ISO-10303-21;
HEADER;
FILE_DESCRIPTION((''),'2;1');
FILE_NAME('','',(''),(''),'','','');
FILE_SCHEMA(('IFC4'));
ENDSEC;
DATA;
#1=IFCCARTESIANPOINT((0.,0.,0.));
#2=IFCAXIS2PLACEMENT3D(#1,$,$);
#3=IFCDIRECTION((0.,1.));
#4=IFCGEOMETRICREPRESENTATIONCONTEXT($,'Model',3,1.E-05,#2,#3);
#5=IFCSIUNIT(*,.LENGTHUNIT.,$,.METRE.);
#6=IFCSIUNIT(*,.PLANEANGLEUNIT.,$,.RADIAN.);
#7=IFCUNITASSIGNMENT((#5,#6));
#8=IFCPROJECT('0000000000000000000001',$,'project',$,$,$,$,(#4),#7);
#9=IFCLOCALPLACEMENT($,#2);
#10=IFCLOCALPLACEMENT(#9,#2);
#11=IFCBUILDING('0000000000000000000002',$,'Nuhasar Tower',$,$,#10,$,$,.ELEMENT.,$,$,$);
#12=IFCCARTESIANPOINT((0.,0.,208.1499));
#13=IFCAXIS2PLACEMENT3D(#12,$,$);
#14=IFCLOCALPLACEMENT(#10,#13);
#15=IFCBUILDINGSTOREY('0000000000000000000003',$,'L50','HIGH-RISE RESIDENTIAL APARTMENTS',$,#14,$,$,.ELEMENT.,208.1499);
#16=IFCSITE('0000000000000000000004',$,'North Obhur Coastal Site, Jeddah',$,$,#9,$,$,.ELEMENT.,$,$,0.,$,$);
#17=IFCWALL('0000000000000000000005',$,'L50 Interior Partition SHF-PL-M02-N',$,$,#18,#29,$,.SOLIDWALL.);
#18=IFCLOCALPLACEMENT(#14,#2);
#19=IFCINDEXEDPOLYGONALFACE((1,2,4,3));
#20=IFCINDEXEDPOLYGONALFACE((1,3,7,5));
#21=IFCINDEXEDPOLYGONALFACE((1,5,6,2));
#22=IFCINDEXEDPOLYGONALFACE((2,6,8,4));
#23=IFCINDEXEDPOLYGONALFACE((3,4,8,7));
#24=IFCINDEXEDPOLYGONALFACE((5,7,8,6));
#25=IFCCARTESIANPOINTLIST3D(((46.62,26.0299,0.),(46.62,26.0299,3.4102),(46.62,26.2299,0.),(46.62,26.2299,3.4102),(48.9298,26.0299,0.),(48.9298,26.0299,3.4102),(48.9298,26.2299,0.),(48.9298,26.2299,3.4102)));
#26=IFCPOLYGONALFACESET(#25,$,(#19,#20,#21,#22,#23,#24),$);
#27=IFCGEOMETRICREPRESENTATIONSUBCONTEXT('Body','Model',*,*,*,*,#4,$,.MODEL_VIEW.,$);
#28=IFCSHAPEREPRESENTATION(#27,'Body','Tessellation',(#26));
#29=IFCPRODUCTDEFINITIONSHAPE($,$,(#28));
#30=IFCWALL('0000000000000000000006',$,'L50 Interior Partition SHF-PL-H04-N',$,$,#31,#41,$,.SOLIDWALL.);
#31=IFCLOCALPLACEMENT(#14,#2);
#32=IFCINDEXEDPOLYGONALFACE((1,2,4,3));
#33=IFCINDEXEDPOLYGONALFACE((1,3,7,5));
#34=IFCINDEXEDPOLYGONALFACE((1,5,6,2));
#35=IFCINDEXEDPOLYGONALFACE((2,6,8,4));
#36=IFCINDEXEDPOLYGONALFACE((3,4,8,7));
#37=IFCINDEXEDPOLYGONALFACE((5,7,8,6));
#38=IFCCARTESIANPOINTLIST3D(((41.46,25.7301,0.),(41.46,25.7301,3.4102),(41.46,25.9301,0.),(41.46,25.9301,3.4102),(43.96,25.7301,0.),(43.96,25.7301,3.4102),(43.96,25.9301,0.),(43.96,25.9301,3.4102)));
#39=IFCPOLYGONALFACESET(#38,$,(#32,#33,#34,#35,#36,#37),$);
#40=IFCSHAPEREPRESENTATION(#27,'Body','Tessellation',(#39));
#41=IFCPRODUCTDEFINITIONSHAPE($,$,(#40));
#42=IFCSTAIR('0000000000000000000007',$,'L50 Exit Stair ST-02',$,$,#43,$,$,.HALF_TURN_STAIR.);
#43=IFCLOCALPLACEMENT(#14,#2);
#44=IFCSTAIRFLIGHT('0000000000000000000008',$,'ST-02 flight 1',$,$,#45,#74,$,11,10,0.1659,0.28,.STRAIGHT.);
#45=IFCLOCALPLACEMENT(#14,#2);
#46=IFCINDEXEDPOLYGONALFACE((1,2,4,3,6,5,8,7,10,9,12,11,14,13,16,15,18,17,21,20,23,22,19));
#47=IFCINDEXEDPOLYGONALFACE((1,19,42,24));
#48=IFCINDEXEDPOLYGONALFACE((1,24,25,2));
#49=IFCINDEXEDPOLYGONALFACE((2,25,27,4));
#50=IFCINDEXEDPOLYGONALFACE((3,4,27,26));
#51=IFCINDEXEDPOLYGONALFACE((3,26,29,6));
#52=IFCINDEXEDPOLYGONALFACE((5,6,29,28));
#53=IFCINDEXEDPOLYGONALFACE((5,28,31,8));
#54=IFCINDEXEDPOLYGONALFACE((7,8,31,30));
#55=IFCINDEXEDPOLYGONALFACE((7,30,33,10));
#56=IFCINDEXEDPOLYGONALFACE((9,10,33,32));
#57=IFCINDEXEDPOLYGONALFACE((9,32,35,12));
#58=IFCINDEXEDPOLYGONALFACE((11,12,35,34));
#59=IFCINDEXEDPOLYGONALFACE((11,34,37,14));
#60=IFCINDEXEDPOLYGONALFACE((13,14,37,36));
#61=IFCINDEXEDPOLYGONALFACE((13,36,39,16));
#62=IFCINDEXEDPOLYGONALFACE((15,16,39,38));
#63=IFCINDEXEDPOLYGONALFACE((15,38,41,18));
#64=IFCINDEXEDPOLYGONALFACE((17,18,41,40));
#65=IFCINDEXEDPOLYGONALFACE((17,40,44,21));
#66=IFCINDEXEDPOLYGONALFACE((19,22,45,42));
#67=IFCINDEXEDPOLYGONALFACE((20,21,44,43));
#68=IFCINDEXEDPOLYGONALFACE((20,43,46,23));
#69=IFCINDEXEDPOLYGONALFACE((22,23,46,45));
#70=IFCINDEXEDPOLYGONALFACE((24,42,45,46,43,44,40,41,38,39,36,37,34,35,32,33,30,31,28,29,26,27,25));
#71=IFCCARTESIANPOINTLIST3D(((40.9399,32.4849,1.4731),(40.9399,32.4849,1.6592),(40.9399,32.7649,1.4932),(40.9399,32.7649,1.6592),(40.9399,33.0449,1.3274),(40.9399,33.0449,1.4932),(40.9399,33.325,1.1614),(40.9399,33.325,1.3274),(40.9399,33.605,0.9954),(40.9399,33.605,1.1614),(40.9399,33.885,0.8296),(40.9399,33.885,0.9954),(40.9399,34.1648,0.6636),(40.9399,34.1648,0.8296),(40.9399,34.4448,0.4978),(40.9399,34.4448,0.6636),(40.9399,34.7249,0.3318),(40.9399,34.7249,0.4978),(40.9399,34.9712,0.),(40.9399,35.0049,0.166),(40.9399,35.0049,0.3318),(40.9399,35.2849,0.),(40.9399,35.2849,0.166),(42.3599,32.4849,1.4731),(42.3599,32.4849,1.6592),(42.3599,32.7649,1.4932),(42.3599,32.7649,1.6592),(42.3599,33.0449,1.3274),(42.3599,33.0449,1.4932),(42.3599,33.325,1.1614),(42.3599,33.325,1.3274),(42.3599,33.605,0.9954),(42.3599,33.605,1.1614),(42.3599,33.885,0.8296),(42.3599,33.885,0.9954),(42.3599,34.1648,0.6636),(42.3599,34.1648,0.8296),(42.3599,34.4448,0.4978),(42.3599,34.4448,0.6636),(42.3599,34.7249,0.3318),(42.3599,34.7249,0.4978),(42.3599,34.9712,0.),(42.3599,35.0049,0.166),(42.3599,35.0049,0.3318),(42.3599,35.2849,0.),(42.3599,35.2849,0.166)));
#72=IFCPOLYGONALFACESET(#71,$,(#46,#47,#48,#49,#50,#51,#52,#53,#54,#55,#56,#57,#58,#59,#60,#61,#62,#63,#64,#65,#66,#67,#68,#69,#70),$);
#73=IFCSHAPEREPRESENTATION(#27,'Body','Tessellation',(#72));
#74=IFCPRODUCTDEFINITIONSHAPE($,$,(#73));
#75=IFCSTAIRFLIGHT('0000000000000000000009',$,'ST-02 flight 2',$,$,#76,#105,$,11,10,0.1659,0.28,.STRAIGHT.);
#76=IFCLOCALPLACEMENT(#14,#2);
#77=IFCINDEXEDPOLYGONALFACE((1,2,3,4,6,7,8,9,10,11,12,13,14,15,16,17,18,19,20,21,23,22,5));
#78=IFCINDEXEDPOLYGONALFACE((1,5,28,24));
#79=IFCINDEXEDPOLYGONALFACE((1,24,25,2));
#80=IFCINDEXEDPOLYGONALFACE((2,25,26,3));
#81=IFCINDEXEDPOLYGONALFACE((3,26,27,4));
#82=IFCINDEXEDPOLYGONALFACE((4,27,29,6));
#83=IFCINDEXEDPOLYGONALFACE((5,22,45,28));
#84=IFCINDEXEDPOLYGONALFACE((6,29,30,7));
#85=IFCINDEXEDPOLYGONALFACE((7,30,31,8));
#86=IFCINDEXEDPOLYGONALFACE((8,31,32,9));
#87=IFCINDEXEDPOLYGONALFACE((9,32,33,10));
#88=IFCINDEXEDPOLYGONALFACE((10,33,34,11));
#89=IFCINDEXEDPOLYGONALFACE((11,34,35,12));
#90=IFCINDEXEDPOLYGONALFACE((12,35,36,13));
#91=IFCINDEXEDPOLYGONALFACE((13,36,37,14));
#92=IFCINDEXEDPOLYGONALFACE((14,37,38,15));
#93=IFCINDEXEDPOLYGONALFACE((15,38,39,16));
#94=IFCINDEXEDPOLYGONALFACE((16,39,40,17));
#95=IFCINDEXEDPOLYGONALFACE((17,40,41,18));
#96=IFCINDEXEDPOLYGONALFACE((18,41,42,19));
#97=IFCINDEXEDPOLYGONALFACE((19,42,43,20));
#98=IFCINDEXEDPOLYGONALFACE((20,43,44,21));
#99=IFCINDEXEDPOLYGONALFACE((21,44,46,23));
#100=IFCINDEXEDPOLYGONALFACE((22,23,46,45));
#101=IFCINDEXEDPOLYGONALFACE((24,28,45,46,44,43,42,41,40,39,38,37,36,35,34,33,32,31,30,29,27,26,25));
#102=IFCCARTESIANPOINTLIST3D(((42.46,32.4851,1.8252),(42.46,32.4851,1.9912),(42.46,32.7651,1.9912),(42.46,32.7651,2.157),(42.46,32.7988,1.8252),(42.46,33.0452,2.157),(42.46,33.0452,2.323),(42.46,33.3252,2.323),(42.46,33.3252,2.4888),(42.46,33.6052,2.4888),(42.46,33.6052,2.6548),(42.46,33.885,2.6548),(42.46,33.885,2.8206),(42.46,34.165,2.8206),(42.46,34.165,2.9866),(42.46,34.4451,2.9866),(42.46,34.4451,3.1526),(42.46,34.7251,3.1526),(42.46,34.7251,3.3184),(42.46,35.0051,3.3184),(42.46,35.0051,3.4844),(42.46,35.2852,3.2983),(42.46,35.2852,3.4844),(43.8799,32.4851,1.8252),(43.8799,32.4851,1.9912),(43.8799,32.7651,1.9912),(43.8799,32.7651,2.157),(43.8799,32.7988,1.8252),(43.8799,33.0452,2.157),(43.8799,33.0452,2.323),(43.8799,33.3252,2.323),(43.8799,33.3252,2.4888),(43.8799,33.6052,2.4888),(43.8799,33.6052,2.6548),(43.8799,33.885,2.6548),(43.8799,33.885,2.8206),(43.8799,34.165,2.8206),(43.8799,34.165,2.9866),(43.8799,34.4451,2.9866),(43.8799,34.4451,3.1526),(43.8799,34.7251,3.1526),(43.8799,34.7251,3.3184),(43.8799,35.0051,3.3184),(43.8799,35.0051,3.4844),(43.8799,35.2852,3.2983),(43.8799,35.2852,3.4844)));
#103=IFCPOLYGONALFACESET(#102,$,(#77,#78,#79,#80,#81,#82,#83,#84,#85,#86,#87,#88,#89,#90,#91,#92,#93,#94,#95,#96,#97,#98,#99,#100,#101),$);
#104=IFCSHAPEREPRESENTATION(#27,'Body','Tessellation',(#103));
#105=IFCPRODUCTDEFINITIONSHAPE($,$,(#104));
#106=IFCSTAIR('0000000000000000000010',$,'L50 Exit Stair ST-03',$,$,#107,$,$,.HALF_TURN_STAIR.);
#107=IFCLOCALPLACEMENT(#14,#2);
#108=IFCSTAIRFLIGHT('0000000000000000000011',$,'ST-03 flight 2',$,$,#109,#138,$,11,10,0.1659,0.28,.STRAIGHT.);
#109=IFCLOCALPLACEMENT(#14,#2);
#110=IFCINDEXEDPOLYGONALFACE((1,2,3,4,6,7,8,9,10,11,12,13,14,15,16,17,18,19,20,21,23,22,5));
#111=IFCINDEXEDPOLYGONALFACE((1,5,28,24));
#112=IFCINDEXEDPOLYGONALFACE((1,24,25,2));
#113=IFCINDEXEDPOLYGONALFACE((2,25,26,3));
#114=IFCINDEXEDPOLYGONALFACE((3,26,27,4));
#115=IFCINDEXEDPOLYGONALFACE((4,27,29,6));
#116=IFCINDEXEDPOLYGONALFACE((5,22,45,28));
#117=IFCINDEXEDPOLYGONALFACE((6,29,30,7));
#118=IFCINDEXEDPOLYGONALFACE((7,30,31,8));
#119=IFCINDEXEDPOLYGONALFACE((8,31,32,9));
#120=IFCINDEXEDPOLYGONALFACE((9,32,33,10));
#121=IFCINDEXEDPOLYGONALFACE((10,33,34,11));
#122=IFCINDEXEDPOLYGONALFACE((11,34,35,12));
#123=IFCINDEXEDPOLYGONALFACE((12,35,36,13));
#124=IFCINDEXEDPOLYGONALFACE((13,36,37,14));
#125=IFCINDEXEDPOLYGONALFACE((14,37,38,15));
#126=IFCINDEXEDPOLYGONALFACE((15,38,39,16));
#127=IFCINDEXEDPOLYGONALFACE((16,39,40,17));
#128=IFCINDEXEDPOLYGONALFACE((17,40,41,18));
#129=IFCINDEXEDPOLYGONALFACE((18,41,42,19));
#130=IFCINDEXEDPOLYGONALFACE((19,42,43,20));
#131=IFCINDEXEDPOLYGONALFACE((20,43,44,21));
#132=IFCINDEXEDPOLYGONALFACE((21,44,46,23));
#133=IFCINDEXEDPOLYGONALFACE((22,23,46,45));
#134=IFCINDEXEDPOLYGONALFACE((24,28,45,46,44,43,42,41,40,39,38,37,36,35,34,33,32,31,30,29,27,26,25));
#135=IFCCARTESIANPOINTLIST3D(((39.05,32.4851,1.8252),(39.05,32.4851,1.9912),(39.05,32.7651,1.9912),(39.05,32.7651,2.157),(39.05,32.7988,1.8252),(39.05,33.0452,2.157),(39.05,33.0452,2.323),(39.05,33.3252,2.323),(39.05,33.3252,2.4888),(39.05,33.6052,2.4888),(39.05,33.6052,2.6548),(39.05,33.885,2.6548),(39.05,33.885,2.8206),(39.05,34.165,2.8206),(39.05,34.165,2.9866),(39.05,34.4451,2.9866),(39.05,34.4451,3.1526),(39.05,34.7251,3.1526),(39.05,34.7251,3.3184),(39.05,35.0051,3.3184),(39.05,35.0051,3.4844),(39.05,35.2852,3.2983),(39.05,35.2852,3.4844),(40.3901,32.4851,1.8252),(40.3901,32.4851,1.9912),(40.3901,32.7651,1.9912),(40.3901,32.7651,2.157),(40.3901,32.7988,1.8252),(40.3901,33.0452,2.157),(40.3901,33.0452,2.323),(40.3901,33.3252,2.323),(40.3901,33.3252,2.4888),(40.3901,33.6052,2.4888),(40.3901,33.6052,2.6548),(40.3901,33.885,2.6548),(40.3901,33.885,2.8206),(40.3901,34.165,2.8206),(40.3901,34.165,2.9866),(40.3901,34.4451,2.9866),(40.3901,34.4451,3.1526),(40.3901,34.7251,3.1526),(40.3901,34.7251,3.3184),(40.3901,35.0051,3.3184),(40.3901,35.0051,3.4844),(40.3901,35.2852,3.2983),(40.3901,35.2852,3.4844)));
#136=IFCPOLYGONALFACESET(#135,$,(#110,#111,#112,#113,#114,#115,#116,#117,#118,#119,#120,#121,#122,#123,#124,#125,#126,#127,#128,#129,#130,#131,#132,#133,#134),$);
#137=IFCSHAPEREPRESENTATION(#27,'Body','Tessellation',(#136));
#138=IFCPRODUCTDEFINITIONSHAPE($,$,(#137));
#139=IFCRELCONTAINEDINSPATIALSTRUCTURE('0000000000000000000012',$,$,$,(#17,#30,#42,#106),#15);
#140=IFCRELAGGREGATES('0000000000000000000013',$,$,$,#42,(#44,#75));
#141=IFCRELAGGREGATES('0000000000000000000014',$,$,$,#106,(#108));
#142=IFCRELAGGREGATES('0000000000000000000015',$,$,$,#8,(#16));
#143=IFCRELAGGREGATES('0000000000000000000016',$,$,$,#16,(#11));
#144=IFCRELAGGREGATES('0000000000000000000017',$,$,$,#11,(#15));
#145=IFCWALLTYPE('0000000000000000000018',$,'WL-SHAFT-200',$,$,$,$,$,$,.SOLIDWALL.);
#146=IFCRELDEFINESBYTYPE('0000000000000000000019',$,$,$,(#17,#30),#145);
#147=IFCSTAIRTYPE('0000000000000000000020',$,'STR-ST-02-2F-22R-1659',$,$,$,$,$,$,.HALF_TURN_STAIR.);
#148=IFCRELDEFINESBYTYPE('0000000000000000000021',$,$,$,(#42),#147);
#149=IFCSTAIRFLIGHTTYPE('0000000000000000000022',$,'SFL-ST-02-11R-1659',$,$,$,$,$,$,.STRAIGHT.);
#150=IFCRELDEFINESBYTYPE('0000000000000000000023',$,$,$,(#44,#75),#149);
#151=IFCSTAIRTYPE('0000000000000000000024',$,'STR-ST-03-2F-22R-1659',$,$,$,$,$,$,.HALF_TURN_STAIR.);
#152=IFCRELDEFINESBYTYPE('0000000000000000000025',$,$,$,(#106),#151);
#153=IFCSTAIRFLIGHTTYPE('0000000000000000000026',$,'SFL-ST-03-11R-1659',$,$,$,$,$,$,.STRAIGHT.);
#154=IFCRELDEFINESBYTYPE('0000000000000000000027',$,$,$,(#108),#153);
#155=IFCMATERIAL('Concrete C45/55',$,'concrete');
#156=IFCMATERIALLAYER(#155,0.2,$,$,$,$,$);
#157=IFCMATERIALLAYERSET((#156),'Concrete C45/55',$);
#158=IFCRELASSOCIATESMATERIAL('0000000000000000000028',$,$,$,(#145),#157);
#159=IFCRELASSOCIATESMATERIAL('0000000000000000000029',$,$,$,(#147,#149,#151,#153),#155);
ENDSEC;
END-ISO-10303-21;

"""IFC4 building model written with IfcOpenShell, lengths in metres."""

from ifc_helpers import new_model, si_unit, direction, frame, frame_2d, origin, place, context, subcontext, project, spatial, polyline, rectangle, outline, extrude, material, layer, layer_set, type_object, element, aggregate, save


model = new_model("IFC4")

# Units and contexts
model_context = context("Model", 3, precision=1e-05, world=origin(), true_north=direction((0.0, 1.0)))
body_context = subcontext(model_context, "Body", "Model", "MODEL_VIEW")
ifc_project = project(units=[si_unit("LENGTHUNIT", "METRE"), si_unit("PLANEANGLEUNIT", "RADIAN")], contexts=[model_context])

# Site, building, storey
site_placement = place(None, origin())
site = spatial("IfcSite", under=ifc_project, at=site_placement, Name="North Obhur Coastal Site, Jeddah", CompositionType="ELEMENT", RefElevation=0.0)
building_placement = place(site_placement, origin())
building = spatial("IfcBuilding", under=site, at=building_placement, Name="Nuhasar Tower", CompositionType="ELEMENT")
storey_placement = place(building_placement, frame((0.0, 0.0, 208.1499)))
storey = spatial("IfcBuildingStorey", under=building, at=storey_placement, Name="L50", Description="HIGH-RISE RESIDENTIAL APARTMENTS", CompositionType="ELEMENT", Elevation=208.1499)

# Shared definitions
ifc_material_1 = material(Name="Concrete C45/55", Category="concrete")
ifc_layer_1 = layer(ifc_material_1, 0.2)
ifc_layer_set_1 = layer_set([ifc_layer_1], Name="Concrete C45/55")
wall_type_1 = type_object("IfcWallType", Name="WL-SHAFT-200", PredefinedType="SOLIDWALL", material=ifc_layer_set_1)

# Walls
wall_1_placement = place(storey_placement, frame((46.6201, 26.1299, 0.0), z_axis=(0.0, 0.0, 1.0), x_axis=(1.0, 0.0, 0.0)))
element("IfcWall", 1, at=wall_1_placement, inside=storey, type_object=wall_type_1, Name="L50 Interior Partition SHF-PL-M02-N", PredefinedType="SOLIDWALL", context=body_context, shape_type="SweptSolid", body=[
    extrude(rectangle(XDim=2.3098, YDim=0.2, at=frame_2d((1.1548, 0.0))), origin(), (0.0, 0.0, 1.0), 3.4102),
])
wall_2_placement = place(storey_placement, frame((41.46, 25.8301, 0.0), z_axis=(0.0, 0.0, 1.0), x_axis=(1.0, 0.0, 0.0)))
element("IfcWall", 2, at=wall_2_placement, inside=storey, type_object=wall_type_1, Name="L50 Interior Partition SHF-PL-H04-N", PredefinedType="SOLIDWALL", context=body_context, shape_type="SweptSolid", body=[
    extrude(rectangle(XDim=2.5, YDim=0.2, at=frame_2d((1.25, 0.0))), origin(), (0.0, 0.0, 1.0), 3.4102),
])

# Stair, stair flights
stair_type_1 = type_object("IfcStairType", Name="STR-ST-02-2F-22R-1659", PredefinedType="HALF_TURN_STAIR", material=ifc_material_1)
stair_1_placement = place(storey_placement, origin())
stair_1 = element("IfcStair", 3, at=stair_1_placement, inside=storey, type_object=stair_type_1, Name="L50 Exit Stair ST-02", PredefinedType="HALF_TURN_STAIR")
stair_flight_type_1 = type_object("IfcStairFlightType", Name="SFL-ST-02-11R-1659", PredefinedType="STRAIGHT", material=ifc_material_1)
stair_flight_1_placement = place(storey_placement, frame((41.6499, 35.2849, 0.0), z_axis=(0.0, 0.0, 1.0), x_axis=(0.0, -1.0, 0.0)))
stair_flight_1 = element("IfcStairFlight", 4, at=stair_flight_1_placement, type_object=stair_flight_type_1, Name="ST-02 flight 1", NumberOfRisers=11, NumberOfTreads=10, PredefinedType="STRAIGHT", RiserHeight=0.1659, TreadLength=0.28, context=body_context, shape_type="SweptSolid", body=[
    extrude(outline(polyline([(0.0, 0.0), (0.0, 0.166), (0.28, 0.166), (0.28, 0.3318), (0.5601, 0.3318), (0.5601, 0.4978), (0.8401, 0.4978), (0.8401, 0.6636), (1.1201, 0.6636), (1.1201, 0.8296), (1.3999, 0.8296), (1.3999, 0.9954), (1.6799, 0.9954), (1.6799, 1.1614), (1.96, 1.1614), (1.96, 1.3274), (2.24, 1.3274), (2.24, 1.4932), (2.52, 1.4932), (2.52, 1.6592), (2.8, 1.6592), (2.8, 1.825), (2.8, 1.4731), (0.3137, 0.0), (0.0, 0.0)])), frame((0.0, 0.71, 0.0), z_axis=(0.0, -1.0, 0.0), x_axis=(1.0, 0.0, 0.0)), (0.0, 0.0, 1.0), 1.4199),
])
stair_flight_2_placement = place(storey_placement, frame((43.1699, 32.4851, 1.8252), z_axis=(0.0, 0.0, 1.0), x_axis=(0.0, 1.0, 0.0)))
stair_flight_2 = element("IfcStairFlight", 5, at=stair_flight_2_placement, type_object=stair_flight_type_1, Name="ST-02 flight 2", NumberOfRisers=11, NumberOfTreads=10, PredefinedType="STRAIGHT", RiserHeight=0.1659, TreadLength=0.28, context=body_context, shape_type="SweptSolid", body=[
    extrude(outline(polyline([(0.0, 0.0), (0.0, 0.166), (0.28, 0.166), (0.28, 0.3318), (0.5601, 0.3318), (0.5601, 0.4978), (0.8401, 0.4978), (0.8401, 0.6636), (1.1201, 0.6636), (1.1201, 0.8296), (1.3999, 0.8296), (1.3999, 0.9954), (1.6799, 0.9954), (1.6799, 1.1614), (1.96, 1.1614), (1.96, 1.3274), (2.24, 1.3274), (2.24, 1.4932), (2.52, 1.4932), (2.52, 1.6592), (2.8, 1.6592), (2.8, 1.825), (2.8, 1.4731), (0.3137, 0.0), (0.0, 0.0)])), frame((0.0, 0.71, 0.0), z_axis=(0.0, -1.0, 0.0), x_axis=(1.0, 0.0, 0.0)), (0.0, 0.0, 1.0), 1.4199),
])
aggregate(stair_1, [stair_flight_1, stair_flight_2])

# Stair, stair flight
stair_type_2 = type_object("IfcStairType", Name="STR-ST-03-2F-22R-1659", PredefinedType="HALF_TURN_STAIR", material=ifc_material_1)
stair_2_placement = place(storey_placement, origin())
stair_2 = element("IfcStair", 6, at=stair_2_placement, inside=storey, type_object=stair_type_2, Name="L50 Exit Stair ST-03", PredefinedType="HALF_TURN_STAIR")
stair_flight_type_2 = type_object("IfcStairFlightType", Name="SFL-ST-03-11R-1659", PredefinedType="STRAIGHT", material=ifc_material_1)
stair_flight_3_placement = place(storey_placement, frame((39.72, 32.4851, 1.8252), z_axis=(0.0, 0.0, 1.0), x_axis=(0.0, 1.0, 0.0)))
stair_flight_3 = element("IfcStairFlight", 7, at=stair_flight_3_placement, type_object=stair_flight_type_2, Name="ST-03 flight 2", NumberOfRisers=11, NumberOfTreads=10, PredefinedType="STRAIGHT", RiserHeight=0.1659, TreadLength=0.28, context=body_context, shape_type="SweptSolid", body=[
    extrude(outline(polyline([(0.0, 0.0), (0.0, 0.166), (0.28, 0.166), (0.28, 0.3318), (0.5601, 0.3318), (0.5601, 0.4978), (0.8401, 0.4978), (0.8401, 0.6636), (1.1201, 0.6636), (1.1201, 0.8296), (1.3999, 0.8296), (1.3999, 0.9954), (1.6799, 0.9954), (1.6799, 1.1614), (1.96, 1.1614), (1.96, 1.3274), (2.24, 1.3274), (2.24, 1.4932), (2.52, 1.4932), (2.52, 1.6592), (2.8, 1.6592), (2.8, 1.825), (2.8, 1.4731), (0.3137, 0.0), (0.0, 0.0)])), frame((0.0, 0.6699, 0.0), z_axis=(0.0, -1.0, 0.0), x_axis=(1.0, 0.0, 0.0)), (0.0, 0.0, 1.0), 1.3401),
])
aggregate(stair_2, [stair_flight_3])

save(model, "model.ifc")
